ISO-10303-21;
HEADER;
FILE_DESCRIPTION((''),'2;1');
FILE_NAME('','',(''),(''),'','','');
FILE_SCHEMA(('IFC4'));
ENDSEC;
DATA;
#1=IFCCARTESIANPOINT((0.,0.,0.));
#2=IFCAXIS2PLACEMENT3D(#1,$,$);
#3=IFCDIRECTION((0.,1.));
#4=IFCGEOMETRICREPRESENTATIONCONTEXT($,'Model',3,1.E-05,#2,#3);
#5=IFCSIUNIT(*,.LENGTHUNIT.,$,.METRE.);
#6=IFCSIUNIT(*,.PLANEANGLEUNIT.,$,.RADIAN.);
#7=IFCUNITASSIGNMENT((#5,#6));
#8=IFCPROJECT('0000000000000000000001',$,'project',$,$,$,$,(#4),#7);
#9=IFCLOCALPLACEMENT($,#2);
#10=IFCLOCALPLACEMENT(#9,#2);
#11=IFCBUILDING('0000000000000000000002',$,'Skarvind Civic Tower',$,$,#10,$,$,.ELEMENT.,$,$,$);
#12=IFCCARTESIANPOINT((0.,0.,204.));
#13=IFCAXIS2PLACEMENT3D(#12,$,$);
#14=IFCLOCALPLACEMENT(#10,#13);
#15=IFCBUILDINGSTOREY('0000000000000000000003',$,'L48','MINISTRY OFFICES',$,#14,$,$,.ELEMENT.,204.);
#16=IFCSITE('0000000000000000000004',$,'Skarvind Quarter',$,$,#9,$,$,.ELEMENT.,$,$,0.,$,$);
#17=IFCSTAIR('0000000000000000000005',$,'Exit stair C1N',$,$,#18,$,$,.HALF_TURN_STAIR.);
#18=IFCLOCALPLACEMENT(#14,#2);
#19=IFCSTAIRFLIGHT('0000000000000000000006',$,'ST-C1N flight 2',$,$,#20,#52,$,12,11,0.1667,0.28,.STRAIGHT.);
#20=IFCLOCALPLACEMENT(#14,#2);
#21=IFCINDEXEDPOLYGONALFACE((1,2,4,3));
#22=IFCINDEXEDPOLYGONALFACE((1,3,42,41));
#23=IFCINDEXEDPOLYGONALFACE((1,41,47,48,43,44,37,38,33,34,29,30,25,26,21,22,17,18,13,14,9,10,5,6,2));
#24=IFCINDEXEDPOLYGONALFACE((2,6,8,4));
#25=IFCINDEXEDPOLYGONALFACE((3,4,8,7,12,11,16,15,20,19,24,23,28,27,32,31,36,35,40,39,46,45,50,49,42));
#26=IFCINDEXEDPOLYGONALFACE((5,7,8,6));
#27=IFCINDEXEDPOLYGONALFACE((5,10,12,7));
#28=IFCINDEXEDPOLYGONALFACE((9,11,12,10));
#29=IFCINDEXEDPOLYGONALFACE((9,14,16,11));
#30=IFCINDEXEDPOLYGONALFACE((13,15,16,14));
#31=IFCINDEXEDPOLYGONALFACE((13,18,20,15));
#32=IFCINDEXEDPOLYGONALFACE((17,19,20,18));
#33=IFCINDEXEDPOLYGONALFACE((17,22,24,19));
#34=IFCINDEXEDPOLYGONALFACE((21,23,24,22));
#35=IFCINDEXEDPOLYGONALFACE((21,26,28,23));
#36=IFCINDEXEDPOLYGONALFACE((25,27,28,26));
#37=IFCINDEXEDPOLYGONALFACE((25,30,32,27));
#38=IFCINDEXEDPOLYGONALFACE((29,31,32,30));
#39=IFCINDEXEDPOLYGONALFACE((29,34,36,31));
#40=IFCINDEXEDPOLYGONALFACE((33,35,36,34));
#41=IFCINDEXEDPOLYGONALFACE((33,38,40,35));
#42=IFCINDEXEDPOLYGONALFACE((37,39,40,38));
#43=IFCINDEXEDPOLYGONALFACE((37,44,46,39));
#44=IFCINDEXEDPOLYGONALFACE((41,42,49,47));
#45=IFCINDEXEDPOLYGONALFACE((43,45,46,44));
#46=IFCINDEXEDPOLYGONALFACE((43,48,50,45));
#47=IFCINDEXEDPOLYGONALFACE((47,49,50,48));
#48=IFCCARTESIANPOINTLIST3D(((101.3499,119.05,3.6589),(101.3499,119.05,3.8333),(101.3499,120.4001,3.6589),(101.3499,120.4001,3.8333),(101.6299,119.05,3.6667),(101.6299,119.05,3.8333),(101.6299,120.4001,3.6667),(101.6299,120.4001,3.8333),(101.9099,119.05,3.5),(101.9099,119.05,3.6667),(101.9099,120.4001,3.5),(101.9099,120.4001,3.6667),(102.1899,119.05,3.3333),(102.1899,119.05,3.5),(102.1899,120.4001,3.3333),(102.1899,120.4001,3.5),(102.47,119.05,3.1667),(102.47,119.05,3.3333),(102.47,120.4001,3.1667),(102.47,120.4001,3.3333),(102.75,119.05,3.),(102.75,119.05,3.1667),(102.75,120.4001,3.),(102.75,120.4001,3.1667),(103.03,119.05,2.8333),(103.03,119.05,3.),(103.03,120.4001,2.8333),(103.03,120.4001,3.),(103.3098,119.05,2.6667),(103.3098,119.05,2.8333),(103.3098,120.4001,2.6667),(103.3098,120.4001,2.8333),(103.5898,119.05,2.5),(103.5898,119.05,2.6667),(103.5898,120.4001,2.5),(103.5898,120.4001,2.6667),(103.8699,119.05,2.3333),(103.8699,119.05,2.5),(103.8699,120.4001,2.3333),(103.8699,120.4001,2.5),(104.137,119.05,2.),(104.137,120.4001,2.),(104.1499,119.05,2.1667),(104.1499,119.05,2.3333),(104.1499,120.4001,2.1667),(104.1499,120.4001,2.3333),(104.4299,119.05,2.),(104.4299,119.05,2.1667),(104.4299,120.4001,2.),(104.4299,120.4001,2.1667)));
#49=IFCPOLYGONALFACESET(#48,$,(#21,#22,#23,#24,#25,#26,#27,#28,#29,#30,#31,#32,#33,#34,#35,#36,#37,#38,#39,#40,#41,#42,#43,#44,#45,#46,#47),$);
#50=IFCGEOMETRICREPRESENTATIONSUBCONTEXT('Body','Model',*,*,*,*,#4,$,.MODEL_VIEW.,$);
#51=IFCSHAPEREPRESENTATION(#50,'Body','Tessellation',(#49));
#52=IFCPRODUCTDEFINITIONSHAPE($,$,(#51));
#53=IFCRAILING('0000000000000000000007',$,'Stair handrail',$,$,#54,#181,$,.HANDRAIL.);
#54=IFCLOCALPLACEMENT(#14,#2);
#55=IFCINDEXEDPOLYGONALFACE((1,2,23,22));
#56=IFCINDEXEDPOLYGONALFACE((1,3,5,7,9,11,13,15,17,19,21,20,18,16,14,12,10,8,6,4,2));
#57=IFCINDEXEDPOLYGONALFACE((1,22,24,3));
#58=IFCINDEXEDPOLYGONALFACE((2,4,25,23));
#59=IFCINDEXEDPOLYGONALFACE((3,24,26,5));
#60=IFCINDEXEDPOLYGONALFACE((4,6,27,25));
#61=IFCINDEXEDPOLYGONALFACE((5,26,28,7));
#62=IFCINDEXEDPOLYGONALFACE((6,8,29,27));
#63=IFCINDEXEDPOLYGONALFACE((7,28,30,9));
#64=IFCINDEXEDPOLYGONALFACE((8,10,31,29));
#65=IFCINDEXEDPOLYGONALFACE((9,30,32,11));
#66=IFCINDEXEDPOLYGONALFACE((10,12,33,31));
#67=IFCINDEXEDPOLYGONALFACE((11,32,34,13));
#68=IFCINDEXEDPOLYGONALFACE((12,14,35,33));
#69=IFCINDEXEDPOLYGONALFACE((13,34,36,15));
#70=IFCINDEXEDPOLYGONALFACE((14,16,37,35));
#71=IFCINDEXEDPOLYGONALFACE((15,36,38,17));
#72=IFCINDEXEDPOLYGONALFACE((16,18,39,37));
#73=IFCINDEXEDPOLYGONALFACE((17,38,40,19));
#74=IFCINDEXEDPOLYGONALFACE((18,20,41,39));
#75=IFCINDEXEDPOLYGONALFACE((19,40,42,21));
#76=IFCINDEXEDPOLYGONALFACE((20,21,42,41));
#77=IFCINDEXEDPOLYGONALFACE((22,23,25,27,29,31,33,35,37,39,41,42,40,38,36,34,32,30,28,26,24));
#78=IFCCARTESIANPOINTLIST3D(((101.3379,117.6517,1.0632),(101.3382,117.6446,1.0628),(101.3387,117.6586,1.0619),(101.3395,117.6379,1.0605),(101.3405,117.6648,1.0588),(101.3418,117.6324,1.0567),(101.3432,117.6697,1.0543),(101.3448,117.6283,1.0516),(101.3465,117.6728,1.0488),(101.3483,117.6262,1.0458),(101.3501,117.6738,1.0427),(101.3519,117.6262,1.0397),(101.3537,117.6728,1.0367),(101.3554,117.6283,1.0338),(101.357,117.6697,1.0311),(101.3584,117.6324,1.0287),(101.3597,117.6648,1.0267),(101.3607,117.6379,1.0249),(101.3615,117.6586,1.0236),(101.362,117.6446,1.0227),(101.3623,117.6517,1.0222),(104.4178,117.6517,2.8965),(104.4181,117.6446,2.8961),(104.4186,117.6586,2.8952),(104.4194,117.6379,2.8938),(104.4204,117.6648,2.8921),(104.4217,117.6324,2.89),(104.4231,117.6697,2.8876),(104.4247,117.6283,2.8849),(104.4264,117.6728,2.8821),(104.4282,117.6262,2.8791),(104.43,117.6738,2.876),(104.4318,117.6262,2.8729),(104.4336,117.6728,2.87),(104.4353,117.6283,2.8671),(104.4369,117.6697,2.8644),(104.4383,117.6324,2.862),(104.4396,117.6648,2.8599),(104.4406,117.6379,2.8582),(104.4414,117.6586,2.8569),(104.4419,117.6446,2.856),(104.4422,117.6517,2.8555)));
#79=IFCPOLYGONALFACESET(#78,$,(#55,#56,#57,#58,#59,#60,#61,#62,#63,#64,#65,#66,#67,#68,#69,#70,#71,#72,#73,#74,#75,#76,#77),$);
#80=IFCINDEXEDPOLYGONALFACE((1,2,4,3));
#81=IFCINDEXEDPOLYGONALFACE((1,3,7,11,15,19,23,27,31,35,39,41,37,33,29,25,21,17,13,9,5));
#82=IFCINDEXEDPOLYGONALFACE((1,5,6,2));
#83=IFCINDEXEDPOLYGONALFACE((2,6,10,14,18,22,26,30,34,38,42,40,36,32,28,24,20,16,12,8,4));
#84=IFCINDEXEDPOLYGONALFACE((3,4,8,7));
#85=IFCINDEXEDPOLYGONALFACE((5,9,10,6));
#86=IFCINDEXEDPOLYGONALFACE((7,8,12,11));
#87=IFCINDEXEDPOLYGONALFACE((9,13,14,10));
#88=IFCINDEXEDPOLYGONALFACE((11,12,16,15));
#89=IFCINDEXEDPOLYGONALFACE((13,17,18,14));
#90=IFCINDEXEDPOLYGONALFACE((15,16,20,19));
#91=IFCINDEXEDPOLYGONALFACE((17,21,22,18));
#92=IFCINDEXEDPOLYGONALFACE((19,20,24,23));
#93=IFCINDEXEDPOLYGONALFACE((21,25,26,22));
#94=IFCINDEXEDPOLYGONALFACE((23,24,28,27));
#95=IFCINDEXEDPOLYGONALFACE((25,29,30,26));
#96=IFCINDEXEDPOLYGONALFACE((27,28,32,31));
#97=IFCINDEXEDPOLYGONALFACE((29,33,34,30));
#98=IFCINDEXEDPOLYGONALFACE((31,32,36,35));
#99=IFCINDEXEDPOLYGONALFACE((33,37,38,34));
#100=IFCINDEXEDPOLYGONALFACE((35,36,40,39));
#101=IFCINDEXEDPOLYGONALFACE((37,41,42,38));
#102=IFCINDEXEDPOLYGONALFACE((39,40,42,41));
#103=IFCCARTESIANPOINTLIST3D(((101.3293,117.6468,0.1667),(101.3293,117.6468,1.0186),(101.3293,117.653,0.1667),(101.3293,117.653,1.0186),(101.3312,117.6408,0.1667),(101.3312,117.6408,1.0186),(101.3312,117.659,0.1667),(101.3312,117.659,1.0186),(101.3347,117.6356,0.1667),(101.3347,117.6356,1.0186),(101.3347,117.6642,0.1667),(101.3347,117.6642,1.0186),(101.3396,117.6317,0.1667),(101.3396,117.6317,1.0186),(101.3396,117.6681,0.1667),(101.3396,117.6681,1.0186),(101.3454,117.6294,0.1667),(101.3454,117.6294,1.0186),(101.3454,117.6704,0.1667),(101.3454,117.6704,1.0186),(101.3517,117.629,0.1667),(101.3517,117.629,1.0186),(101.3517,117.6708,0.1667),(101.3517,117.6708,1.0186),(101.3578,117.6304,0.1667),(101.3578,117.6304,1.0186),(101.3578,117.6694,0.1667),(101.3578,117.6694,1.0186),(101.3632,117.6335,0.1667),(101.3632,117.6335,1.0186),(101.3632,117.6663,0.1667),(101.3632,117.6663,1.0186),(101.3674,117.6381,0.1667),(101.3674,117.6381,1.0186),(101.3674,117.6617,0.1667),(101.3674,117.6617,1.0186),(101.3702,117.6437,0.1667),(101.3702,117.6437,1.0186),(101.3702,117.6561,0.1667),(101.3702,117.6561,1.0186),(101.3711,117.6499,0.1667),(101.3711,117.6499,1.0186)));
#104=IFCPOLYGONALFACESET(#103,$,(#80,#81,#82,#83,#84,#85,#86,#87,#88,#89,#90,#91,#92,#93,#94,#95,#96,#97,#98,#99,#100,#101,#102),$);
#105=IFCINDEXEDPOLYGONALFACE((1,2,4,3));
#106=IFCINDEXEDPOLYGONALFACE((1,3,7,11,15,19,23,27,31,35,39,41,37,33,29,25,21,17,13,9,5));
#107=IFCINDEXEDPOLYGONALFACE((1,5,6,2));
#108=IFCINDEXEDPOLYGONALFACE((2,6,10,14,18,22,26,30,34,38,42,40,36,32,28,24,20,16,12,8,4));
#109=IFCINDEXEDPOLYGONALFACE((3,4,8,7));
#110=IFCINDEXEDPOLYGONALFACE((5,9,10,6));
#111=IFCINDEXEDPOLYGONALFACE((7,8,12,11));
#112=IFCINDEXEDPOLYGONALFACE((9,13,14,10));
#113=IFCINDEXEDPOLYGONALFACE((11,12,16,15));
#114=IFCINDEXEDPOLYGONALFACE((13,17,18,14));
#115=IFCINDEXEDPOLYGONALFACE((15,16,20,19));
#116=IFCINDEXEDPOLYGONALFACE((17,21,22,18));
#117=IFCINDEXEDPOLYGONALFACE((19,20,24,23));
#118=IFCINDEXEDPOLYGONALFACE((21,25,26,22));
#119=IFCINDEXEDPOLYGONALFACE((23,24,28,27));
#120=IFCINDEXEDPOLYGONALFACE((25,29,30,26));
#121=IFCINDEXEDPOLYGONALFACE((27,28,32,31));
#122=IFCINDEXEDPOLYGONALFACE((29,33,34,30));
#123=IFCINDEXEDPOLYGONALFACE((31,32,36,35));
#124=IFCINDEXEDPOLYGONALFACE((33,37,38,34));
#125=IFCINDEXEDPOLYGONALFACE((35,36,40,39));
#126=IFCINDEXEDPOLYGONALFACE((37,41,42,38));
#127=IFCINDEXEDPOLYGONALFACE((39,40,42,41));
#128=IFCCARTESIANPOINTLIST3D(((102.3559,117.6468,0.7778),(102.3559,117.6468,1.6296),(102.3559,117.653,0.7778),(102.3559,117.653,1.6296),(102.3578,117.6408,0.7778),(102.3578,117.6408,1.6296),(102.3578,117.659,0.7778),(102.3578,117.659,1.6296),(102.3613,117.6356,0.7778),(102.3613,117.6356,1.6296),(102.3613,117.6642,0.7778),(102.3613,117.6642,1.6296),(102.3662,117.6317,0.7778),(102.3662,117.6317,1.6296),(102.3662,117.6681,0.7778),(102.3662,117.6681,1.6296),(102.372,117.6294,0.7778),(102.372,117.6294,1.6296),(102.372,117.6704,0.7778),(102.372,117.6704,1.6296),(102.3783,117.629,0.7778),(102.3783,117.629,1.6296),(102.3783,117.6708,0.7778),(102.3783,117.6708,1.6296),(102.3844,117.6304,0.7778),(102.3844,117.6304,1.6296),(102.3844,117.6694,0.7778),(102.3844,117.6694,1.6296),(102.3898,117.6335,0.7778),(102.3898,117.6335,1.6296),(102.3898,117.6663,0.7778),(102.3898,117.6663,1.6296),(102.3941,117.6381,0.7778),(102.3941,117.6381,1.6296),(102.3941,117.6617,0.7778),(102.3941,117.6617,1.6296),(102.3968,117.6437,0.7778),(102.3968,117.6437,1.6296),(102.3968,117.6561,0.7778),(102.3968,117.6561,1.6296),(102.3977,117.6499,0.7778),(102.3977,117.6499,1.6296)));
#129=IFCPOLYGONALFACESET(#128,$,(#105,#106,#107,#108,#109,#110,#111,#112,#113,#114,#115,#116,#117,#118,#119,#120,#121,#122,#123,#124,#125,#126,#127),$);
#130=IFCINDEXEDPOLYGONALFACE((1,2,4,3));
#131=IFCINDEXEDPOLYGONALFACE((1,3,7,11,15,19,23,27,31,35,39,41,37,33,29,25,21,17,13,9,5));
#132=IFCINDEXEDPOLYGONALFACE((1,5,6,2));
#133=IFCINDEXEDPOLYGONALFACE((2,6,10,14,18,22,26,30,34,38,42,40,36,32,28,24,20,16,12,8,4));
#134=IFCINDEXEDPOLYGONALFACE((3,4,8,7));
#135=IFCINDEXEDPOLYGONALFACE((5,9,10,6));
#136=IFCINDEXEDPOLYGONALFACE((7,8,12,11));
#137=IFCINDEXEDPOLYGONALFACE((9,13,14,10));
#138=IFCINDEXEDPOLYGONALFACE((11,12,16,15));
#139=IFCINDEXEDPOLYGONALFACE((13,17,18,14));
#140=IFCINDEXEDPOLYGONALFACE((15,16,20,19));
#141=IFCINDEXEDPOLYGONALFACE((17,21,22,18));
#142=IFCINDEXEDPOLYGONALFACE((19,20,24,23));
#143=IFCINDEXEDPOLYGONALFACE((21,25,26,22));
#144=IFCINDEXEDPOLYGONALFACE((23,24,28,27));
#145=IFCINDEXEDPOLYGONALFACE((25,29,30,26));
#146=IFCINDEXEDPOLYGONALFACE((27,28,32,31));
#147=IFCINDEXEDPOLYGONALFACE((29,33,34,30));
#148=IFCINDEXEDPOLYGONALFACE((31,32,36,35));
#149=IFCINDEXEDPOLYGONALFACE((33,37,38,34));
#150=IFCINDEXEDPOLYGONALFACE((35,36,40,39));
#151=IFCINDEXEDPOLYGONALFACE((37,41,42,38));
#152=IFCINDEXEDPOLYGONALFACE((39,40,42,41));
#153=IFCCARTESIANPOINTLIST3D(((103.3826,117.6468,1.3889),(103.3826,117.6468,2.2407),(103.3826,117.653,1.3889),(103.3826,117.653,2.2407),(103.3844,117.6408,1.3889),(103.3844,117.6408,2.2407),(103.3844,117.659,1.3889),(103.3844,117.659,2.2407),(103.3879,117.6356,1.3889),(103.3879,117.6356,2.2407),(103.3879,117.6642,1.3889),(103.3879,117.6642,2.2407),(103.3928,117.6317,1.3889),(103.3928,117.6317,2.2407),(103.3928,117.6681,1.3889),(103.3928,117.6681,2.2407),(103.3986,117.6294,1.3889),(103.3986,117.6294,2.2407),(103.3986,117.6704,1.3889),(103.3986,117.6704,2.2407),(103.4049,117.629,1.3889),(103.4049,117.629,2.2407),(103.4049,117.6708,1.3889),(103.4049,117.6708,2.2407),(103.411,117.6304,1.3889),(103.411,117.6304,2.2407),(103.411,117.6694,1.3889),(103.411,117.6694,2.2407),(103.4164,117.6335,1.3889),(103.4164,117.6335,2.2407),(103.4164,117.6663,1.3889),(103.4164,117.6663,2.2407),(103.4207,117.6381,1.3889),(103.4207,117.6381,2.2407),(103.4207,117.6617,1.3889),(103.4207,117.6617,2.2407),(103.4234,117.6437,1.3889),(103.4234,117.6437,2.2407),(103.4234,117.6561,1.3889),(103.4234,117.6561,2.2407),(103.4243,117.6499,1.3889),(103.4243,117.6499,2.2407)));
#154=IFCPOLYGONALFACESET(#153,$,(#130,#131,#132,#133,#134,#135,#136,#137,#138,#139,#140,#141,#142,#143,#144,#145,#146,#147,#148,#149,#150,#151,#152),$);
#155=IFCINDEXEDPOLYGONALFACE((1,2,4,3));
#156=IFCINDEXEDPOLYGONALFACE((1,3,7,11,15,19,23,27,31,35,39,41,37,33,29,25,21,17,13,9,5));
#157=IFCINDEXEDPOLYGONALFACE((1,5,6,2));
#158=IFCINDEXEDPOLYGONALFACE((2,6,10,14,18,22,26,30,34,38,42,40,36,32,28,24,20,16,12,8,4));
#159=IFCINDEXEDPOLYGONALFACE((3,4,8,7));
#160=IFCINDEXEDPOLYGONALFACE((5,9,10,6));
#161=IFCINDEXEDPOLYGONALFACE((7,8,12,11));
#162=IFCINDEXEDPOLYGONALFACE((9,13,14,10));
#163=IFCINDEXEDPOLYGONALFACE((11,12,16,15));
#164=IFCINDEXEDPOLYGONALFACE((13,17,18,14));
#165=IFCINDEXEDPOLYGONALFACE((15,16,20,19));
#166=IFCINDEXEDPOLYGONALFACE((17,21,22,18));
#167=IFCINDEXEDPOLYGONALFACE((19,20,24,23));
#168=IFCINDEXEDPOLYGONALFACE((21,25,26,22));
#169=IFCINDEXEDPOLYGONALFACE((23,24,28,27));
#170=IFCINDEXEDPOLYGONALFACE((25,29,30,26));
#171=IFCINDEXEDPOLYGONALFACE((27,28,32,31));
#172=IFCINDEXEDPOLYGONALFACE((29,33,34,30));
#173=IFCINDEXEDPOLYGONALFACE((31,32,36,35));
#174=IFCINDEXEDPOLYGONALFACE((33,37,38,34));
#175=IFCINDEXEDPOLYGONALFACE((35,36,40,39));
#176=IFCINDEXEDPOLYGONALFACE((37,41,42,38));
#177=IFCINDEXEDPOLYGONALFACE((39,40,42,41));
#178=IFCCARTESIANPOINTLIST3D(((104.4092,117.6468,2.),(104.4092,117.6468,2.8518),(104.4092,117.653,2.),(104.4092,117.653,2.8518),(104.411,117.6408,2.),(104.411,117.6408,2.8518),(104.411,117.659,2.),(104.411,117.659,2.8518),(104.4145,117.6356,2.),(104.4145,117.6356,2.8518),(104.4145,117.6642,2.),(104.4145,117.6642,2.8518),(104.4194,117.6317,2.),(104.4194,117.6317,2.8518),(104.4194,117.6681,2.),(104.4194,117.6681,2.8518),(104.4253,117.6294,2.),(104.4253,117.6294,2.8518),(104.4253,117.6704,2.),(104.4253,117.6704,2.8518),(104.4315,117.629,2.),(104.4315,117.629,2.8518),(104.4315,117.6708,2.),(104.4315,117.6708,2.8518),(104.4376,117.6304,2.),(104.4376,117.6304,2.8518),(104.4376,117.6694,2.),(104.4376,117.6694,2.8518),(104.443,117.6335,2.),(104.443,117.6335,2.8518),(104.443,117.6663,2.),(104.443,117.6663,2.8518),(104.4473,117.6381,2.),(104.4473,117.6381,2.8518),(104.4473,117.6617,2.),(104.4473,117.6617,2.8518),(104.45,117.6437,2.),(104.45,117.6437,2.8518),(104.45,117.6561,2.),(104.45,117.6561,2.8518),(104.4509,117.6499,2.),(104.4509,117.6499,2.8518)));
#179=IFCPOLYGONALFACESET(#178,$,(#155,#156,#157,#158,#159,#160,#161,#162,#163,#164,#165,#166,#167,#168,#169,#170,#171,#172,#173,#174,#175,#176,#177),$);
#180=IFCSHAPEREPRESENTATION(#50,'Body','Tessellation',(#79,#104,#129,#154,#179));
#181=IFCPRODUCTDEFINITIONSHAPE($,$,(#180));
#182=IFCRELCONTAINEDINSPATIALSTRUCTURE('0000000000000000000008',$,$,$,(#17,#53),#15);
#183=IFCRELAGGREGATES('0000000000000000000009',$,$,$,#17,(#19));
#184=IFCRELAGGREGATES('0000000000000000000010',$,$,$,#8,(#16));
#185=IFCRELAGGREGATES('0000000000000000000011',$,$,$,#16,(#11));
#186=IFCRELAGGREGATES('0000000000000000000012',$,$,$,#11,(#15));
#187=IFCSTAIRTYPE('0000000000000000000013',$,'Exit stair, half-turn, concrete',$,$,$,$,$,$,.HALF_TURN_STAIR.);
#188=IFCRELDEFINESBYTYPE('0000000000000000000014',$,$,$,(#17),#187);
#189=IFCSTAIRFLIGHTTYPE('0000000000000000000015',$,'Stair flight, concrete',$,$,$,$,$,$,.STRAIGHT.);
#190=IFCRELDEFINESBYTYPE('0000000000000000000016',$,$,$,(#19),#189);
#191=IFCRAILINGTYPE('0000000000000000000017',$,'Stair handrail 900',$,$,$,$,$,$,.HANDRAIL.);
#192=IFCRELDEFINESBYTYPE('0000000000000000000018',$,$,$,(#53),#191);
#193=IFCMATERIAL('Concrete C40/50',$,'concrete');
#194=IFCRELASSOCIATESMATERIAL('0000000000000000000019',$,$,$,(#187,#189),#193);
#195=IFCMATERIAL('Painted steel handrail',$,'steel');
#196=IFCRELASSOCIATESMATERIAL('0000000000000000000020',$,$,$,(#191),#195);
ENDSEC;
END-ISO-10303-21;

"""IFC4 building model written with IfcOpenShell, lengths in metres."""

from ifc_helpers import new_model, si_unit, direction, frame, origin, origin_2d, place, context, subcontext, project, spatial, polyline, circle, outline, extrude, material, type_object, element, aggregate, save


model = new_model("IFC4")

# Units and contexts
model_context = context("Model", 3, precision=1e-05, world=origin(), true_north=direction((0.0, 1.0)))
body_context = subcontext(model_context, "Body", "Model", "MODEL_VIEW")
ifc_project = project(units=[si_unit("LENGTHUNIT", "METRE"), si_unit("PLANEANGLEUNIT", "RADIAN")], contexts=[model_context])

# Site, building, storey
site_placement = place(None, origin())
site = spatial("IfcSite", under=ifc_project, at=site_placement, Name="Skarvind Quarter", CompositionType="ELEMENT", RefElevation=0.0)
building_placement = place(site_placement, origin())
building = spatial("IfcBuilding", under=site, at=building_placement, Name="Skarvind Civic Tower", CompositionType="ELEMENT")
storey_placement = place(building_placement, frame((0.0, 0.0, 204.0)))
storey = spatial("IfcBuildingStorey", under=building, at=storey_placement, Name="L48", Description="MINISTRY OFFICES", CompositionType="ELEMENT", Elevation=204.0)

# Stair, stair flight
ifc_material_1 = material(Name="Concrete C40/50", Category="concrete")
stair_type = type_object("IfcStairType", Name="Exit stair, half-turn, concrete", PredefinedType="HALF_TURN_STAIR", material=ifc_material_1)
stair_placement = place(storey_placement, origin())
stair = element("IfcStair", 1, at=stair_placement, inside=storey, type_object=stair_type, Name="Exit stair C1N", PredefinedType="HALF_TURN_STAIR")
stair_flight_type = type_object("IfcStairFlightType", Name="Stair flight, concrete", PredefinedType="STRAIGHT", material=ifc_material_1)
stair_flight_1_placement = place(storey_placement, frame((104.4299, 119.7251, 2.0), z_axis=(0.0, 0.0, 1.0), x_axis=(-1.0, 0.0, 0.0)))
stair_flight_1 = element("IfcStairFlight", 2, at=stair_flight_1_placement, type_object=stair_flight_type, Name="ST-C1N flight 2", NumberOfRisers=12, NumberOfTreads=11, PredefinedType="STRAIGHT", RiserHeight=0.1667, TreadLength=0.28, context=body_context, shape_type="SweptSolid", body=[
    extrude(outline(polyline([(0.0, 0.0), (0.0, 0.1667), (0.28, 0.1667), (0.28, 0.3333), (0.5601, 0.3333), (0.5601, 0.5), (0.8401, 0.5), (0.8401, 0.6667), (1.1201, 0.6667), (1.1201, 0.8333), (1.3999, 0.8333), (1.3999, 1.0), (1.6799, 1.0), (1.6799, 1.1667), (1.96, 1.1667), (1.96, 1.3333), (2.24, 1.3333), (2.24, 1.5), (2.52, 1.5), (2.52, 1.6667), (2.8, 1.6667), (2.8, 1.8333), (3.0801, 1.8333), (3.0801, 2.0), (3.0801, 1.6589), (0.293, 0.0), (0.0, 0.0)])), frame((0.0, 0.675, 0.0), z_axis=(0.0, -1.0, 0.0), x_axis=(1.0, 0.0, 0.0)), (0.0, 0.0, 1.0), 1.3501),
])
aggregate(stair, [stair_flight_1])

# Railing
ifc_material_2 = material(Name="Painted steel handrail", Category="steel")
railing_type = type_object("IfcRailingType", Name="Stair handrail 900", PredefinedType="HANDRAIL", material=ifc_material_2)
railing_1_placement = place(storey_placement, frame((101.3501, 117.6499, 0.1667)))
element("IfcRailing", 3, at=railing_1_placement, inside=storey, type_object=railing_type, Name="Stair handrail", PredefinedType="HANDRAIL", context=body_context, shape_type="SweptSolid", body=[
    extrude(circle(Radius=0.0239, at=origin_2d()), frame((0.0, 0.0, 0.876), z_axis=(0.859291, 0.0, 0.511487), x_axis=(0.0, 1.0, 0.0)), (0.0, 0.0, 1.0), 3.5842),
    extrude(circle(Radius=0.021, at=origin_2d()), origin(), (0.0, 0.0, 1.0), 0.8518),
    extrude(circle(Radius=0.021, at=origin_2d()), frame((1.0266, 0.0, 0.6111)), (0.0, 0.0, 1.0), 0.8518),
    extrude(circle(Radius=0.021, at=origin_2d()), frame((2.0532, 0.0, 1.2222)), (0.0, 0.0, 1.0), 0.8518),
    extrude(circle(Radius=0.021, at=origin_2d()), frame((3.0798, 0.0, 1.8333)), (0.0, 0.0, 1.0), 0.8518),
])

save(model, "model.ifc")
